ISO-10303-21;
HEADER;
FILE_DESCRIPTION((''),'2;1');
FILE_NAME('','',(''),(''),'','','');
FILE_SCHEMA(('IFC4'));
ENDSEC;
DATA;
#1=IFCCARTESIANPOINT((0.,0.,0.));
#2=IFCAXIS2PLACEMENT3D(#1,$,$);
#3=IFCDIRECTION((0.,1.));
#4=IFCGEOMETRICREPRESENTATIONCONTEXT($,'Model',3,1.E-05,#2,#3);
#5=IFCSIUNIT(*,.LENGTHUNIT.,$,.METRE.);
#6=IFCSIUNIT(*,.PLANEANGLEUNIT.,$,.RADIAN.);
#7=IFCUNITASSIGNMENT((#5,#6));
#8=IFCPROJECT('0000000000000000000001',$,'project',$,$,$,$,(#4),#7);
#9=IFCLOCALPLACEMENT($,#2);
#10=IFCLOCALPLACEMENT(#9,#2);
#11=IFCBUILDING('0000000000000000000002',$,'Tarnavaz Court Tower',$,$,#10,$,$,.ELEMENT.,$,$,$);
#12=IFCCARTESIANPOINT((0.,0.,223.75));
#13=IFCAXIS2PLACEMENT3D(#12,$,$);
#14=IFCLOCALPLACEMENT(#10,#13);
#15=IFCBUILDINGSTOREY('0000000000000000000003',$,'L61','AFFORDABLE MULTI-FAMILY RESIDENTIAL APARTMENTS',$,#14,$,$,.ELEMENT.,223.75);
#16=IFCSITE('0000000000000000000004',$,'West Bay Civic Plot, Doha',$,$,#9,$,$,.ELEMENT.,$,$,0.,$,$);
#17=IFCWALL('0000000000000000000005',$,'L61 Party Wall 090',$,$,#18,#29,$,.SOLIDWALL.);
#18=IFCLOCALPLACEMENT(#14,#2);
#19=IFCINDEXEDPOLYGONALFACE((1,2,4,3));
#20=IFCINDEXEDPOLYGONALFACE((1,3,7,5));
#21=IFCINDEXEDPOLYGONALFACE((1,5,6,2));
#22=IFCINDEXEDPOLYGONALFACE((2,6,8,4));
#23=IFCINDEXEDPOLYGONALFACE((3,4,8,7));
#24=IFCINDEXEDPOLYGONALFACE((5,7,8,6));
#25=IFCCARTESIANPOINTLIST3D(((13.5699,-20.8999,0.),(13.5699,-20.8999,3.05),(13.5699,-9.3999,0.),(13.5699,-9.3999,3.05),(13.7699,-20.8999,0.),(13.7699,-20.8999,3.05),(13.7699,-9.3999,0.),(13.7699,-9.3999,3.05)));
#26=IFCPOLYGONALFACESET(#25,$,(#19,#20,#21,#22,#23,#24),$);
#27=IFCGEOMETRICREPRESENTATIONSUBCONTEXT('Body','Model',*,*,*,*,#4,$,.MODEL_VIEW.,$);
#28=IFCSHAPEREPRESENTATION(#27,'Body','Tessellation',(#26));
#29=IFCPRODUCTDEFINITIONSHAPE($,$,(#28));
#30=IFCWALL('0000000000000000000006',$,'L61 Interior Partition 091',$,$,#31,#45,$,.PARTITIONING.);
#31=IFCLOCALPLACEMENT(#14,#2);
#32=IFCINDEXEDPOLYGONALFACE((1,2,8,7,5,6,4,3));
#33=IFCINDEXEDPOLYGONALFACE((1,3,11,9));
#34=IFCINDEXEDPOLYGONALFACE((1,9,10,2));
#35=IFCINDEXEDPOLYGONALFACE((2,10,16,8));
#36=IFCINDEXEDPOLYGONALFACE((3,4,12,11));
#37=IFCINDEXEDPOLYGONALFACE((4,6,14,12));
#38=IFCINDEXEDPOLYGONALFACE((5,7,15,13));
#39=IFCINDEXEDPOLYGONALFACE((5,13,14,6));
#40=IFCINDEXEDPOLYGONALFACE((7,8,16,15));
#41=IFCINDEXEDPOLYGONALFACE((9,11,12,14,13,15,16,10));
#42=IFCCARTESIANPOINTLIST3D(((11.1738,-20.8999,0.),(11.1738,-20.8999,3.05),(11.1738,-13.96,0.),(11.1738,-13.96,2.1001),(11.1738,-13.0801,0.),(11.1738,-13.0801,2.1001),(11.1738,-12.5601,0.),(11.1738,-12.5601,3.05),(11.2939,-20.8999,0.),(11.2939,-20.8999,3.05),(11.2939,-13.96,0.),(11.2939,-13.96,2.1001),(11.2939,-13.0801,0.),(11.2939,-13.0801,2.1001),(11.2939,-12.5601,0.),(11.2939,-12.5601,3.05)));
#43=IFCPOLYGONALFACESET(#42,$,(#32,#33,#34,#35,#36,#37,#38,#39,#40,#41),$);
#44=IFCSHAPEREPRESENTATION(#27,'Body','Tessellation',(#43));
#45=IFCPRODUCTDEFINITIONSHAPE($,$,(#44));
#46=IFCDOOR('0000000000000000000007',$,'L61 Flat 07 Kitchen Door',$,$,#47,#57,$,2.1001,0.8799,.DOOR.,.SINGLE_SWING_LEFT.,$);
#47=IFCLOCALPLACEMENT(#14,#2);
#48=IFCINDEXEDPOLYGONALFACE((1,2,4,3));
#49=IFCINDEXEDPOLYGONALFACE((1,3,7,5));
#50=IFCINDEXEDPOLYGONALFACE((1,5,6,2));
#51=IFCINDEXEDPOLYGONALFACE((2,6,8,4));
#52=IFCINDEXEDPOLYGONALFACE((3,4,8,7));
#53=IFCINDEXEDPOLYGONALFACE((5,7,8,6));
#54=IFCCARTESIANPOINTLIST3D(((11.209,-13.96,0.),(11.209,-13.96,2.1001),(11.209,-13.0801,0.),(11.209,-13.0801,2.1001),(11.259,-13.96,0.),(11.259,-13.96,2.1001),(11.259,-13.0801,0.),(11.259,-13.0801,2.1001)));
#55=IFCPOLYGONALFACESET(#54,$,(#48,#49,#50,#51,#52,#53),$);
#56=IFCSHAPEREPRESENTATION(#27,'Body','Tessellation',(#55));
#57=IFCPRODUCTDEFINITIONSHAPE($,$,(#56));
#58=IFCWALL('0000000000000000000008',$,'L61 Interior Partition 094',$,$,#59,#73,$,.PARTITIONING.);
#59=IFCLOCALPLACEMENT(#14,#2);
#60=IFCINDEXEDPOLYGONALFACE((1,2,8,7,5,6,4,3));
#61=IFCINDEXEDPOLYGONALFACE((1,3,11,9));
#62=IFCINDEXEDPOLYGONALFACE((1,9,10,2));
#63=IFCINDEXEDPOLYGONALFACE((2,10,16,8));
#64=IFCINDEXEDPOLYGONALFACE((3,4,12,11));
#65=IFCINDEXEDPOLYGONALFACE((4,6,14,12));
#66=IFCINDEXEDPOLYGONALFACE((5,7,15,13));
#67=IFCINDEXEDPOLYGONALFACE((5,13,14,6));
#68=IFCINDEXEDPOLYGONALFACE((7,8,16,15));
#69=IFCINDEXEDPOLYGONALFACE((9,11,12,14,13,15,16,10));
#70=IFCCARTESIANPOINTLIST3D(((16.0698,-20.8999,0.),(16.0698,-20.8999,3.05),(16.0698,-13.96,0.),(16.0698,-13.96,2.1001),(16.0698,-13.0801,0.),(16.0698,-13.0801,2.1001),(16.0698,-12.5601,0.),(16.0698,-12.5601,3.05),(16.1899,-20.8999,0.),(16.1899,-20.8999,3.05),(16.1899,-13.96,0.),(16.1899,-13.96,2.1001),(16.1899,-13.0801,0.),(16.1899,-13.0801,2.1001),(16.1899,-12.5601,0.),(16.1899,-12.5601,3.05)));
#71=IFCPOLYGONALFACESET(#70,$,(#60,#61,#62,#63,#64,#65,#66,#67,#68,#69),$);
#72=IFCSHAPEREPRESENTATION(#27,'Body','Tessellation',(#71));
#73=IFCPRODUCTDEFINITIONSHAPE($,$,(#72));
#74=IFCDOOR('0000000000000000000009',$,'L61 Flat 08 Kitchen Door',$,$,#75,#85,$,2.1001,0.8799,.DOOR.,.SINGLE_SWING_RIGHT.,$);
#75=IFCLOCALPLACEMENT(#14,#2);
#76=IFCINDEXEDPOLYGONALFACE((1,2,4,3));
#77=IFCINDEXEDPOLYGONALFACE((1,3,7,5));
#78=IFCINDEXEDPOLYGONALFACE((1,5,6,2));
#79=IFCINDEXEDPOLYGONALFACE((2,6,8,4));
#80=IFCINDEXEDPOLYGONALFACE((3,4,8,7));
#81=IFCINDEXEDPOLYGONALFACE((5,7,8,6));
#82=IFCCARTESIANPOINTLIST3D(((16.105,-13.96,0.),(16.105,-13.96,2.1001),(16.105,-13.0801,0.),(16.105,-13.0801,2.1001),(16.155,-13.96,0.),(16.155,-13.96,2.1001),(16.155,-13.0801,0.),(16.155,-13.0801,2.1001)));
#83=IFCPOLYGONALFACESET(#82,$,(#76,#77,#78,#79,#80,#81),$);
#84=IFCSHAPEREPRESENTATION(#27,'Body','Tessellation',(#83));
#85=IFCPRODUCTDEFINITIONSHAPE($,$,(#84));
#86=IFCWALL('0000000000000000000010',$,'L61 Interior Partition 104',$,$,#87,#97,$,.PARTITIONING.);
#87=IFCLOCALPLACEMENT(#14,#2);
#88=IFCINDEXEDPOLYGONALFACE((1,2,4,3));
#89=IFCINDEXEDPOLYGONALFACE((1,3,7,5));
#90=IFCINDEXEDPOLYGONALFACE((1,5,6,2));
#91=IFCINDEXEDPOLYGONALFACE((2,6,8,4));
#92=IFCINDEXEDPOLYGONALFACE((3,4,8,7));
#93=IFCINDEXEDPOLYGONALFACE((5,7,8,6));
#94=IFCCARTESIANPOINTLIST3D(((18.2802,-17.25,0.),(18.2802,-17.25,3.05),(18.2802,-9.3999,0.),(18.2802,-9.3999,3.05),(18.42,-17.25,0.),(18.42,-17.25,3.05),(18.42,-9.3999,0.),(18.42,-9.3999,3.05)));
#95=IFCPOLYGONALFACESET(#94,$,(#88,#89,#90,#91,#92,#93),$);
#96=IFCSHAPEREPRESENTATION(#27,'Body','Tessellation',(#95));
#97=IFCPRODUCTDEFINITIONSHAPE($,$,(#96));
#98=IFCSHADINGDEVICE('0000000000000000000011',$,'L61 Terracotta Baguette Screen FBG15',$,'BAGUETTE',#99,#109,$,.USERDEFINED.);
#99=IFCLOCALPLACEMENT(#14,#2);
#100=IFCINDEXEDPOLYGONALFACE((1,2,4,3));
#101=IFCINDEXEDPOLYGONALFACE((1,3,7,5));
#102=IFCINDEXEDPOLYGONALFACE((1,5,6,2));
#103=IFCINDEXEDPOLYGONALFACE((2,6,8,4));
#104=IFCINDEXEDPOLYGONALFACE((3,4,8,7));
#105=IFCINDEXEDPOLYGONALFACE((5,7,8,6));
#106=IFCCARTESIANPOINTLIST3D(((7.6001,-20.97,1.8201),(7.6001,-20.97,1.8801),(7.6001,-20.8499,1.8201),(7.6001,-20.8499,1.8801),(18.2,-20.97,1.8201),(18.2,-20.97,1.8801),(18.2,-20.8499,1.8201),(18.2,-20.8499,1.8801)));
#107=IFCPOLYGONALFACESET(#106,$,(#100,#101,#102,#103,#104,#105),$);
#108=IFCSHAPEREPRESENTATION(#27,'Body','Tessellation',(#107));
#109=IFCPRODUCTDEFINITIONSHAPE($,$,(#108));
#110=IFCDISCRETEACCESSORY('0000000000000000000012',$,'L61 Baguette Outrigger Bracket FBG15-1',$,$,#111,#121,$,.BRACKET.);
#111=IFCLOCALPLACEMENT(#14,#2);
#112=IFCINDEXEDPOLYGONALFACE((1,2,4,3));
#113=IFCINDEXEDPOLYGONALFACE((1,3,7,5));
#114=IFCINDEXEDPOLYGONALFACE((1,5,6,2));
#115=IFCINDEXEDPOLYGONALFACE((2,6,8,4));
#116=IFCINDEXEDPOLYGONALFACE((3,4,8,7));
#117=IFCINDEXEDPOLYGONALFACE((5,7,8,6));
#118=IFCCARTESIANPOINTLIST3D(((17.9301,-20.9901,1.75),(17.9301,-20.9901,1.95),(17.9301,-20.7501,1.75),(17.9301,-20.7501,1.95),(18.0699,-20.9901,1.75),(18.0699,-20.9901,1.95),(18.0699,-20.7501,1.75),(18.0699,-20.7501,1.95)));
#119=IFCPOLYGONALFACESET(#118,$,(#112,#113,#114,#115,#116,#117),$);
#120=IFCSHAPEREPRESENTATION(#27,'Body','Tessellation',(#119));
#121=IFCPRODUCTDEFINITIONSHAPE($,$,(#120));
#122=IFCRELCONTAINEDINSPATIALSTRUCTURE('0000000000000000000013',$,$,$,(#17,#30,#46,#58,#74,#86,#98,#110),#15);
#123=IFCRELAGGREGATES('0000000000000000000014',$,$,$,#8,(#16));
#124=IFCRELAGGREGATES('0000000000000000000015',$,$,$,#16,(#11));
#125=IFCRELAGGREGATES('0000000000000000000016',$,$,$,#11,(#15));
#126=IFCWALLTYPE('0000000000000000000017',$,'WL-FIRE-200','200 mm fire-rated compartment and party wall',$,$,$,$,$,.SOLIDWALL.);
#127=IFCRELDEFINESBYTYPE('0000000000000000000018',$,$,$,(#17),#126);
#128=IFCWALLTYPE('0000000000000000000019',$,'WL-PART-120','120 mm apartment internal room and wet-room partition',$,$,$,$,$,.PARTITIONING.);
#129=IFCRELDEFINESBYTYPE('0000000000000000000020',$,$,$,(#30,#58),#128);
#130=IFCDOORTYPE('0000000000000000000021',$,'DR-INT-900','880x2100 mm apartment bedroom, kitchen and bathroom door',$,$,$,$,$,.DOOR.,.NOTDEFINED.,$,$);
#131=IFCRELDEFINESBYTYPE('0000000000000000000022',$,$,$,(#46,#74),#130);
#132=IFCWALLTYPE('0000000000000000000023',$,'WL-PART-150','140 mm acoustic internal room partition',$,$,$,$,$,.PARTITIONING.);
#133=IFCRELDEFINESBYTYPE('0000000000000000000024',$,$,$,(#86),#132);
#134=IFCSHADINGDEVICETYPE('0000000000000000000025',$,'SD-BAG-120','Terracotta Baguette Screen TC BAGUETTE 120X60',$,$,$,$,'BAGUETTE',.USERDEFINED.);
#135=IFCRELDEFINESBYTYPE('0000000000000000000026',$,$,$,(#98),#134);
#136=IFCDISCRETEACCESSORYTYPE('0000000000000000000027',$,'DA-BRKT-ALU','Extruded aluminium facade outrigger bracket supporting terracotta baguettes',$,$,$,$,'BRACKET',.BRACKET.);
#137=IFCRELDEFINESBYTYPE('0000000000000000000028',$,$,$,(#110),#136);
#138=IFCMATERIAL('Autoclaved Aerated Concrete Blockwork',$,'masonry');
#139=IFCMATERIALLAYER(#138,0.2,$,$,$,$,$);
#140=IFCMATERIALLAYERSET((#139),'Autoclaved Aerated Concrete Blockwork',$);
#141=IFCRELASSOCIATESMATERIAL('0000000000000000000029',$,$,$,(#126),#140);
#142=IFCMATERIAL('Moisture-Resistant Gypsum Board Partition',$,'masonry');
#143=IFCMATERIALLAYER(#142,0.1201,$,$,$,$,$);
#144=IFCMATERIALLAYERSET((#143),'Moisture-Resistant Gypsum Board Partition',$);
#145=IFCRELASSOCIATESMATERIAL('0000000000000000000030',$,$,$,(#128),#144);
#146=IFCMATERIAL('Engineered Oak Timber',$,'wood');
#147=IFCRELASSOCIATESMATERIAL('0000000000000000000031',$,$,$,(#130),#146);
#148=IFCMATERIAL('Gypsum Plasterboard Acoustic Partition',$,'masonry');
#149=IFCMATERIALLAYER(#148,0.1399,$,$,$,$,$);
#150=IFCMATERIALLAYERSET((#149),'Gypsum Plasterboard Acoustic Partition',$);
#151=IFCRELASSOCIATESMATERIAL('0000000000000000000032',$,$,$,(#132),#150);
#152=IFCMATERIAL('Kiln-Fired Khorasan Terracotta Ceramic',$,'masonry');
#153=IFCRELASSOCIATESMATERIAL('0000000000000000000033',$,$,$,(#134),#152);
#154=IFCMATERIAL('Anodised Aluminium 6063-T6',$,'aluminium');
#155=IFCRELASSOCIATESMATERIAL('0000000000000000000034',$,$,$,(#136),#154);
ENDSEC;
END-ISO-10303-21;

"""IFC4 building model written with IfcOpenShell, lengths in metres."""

from ifc_helpers import new_model, si_unit, direction, frame, frame_2d, origin, origin_2d, place, context, subcontext, project, spatial, rectangle, extrude, material, layer, layer_set, material_profile, profile_set, type_object, element, fill, save


model = new_model("IFC4")

# Units and contexts
model_context = context("Model", 3, precision=1e-05, world=origin(), true_north=direction((0.0, 1.0)))
body_context = subcontext(model_context, "Body", "Model", "MODEL_VIEW")
ifc_project = project(units=[si_unit("LENGTHUNIT", "METRE"), si_unit("PLANEANGLEUNIT", "RADIAN")], contexts=[model_context])

# Site, building, storey
site_placement = place(None, origin())
site = spatial("IfcSite", under=ifc_project, at=site_placement, Name="West Bay Civic Plot, Doha", CompositionType="ELEMENT", RefElevation=0.0)
building_placement = place(site_placement, origin())
building = spatial("IfcBuilding", under=site, at=building_placement, Name="Tarnavaz Court Tower", CompositionType="ELEMENT")
storey_placement = place(building_placement, frame((0.0, 0.0, 223.75)))
storey = spatial("IfcBuildingStorey", under=building, at=storey_placement, Name="L61", Description="AFFORDABLE MULTI-FAMILY RESIDENTIAL APARTMENTS", CompositionType="ELEMENT", Elevation=223.75)

# Wall
ifc_material_1 = material(Name="Autoclaved Aerated Concrete Blockwork", Category="masonry")
ifc_layer_1 = layer(ifc_material_1, 0.2)
ifc_layer_set_1 = layer_set([ifc_layer_1], Name="Autoclaved Aerated Concrete Blockwork")
wall_type_1 = type_object("IfcWallType", Name="WL-FIRE-200", Description="200 mm fire-rated compartment and party wall", PredefinedType="SOLIDWALL", material=ifc_layer_set_1)
wall_1_placement = place(storey_placement, frame((13.6699, -20.8999, 0.0), z_axis=(0.0, 0.0, 1.0), x_axis=(0.0, 1.0, 0.0)))
element("IfcWall", 1, at=wall_1_placement, inside=storey, type_object=wall_type_1, Name="L61 Party Wall 090", PredefinedType="SOLIDWALL", context=body_context, shape_type="SweptSolid", body=[
    extrude(rectangle(XDim=11.5, YDim=0.2, at=frame_2d((5.75, 0.0))), origin(), (0.0, 0.0, 1.0), 3.05),
])

# Walls, openings, doors
ifc_material_2 = material(Name="Moisture-Resistant Gypsum Board Partition", Category="masonry")
ifc_layer_2 = layer(ifc_material_2, 0.1201)
ifc_layer_set_2 = layer_set([ifc_layer_2], Name="Moisture-Resistant Gypsum Board Partition")
wall_type_2 = type_object("IfcWallType", Name="WL-PART-120", Description="120 mm apartment internal room and wet-room partition", PredefinedType="PARTITIONING", material=ifc_layer_set_2)
wall_2_placement = place(storey_placement, frame((11.2339, -20.8999, 0.0), z_axis=(0.0, 0.0, 1.0), x_axis=(0.0, 1.0, 0.0)))
wall_2 = element("IfcWall", 2, at=wall_2_placement, inside=storey, type_object=wall_type_2, Name="L61 Interior Partition 091", PredefinedType="PARTITIONING", context=body_context, shape_type="SweptSolid", body=[
    extrude(rectangle(XDim=8.3398, YDim=0.1201, at=frame_2d((4.1699, 0.0))), origin(), (0.0, 0.0, 1.0), 3.05),
])
opening_1_placement = place(wall_2_placement, frame((6.9399, 0.0, 0.0)))
opening_1 = element("IfcOpeningElement", 3, at=opening_1_placement, cuts=wall_2, PredefinedType="OPENING", context=body_context, shape_type="SweptSolid", body=[
    extrude(rectangle(XDim=0.8799, YDim=2.1001, at=frame_2d((0.4399, 1.05))), frame((0.0, 0.0701, 0.0), z_axis=(0.0, -1.0, 0.0), x_axis=(1.0, 0.0, 0.0)), (0.0, 0.0, 1.0), 0.1401),
])
ifc_material_3 = material(Name="Engineered Oak Timber", Category="wood")
door_type = type_object("IfcDoorType", Name="DR-INT-900", Description="880x2100 mm apartment bedroom, kitchen and bathroom door", OperationType="NOTDEFINED", PredefinedType="DOOR", material=ifc_material_3)
door_1_placement = place(opening_1_placement, origin())
door_1 = element("IfcDoor", 4, at=door_1_placement, inside=storey, type_object=door_type, Name="L61 Flat 07 Kitchen Door", OperationType="SINGLE_SWING_LEFT", OverallHeight=2.1001, OverallWidth=0.8799, PredefinedType="DOOR", context=body_context, shape_type="SweptSolid", body=[
    extrude(rectangle(XDim=0.8799, YDim=2.1001, at=frame_2d((0.4399, 1.05))), frame((0.0, 0.0249, 0.0), z_axis=(0.0, -1.0, 0.0), x_axis=(1.0, 0.0, 0.0)), (0.0, 0.0, 1.0), 0.05),
])
fill(opening_1, door_1)
wall_3_placement = place(storey_placement, frame((16.1299, -20.8999, 0.0), z_axis=(0.0, 0.0, 1.0), x_axis=(0.0, 1.0, 0.0)))
wall_3 = element("IfcWall", 5, at=wall_3_placement, inside=storey, type_object=wall_type_2, Name="L61 Interior Partition 094", PredefinedType="PARTITIONING", context=body_context, shape_type="SweptSolid", body=[
    extrude(rectangle(XDim=8.3398, YDim=0.1201, at=frame_2d((4.1699, 0.0))), origin(), (0.0, 0.0, 1.0), 3.05),
])
opening_2_placement = place(wall_3_placement, frame((6.9399, 0.0, 0.0)))
opening_2 = element("IfcOpeningElement", 6, at=opening_2_placement, cuts=wall_3, PredefinedType="OPENING", context=body_context, shape_type="SweptSolid", body=[
    extrude(rectangle(XDim=0.8799, YDim=2.1001, at=frame_2d((0.4399, 1.05))), frame((0.0, 0.0701, 0.0), z_axis=(0.0, -1.0, 0.0), x_axis=(1.0, 0.0, 0.0)), (0.0, 0.0, 1.0), 0.1401),
])
door_2_placement = place(opening_2_placement, origin())
door_2 = element("IfcDoor", 7, at=door_2_placement, inside=storey, type_object=door_type, Name="L61 Flat 08 Kitchen Door", OperationType="SINGLE_SWING_RIGHT", OverallHeight=2.1001, OverallWidth=0.8799, PredefinedType="DOOR", context=body_context, shape_type="SweptSolid", body=[
    extrude(rectangle(XDim=0.8799, YDim=2.1001, at=frame_2d((0.4399, 1.05))), frame((0.0, 0.0249, 0.0), z_axis=(0.0, -1.0, 0.0), x_axis=(1.0, 0.0, 0.0)), (0.0, 0.0, 1.0), 0.05),
])
fill(opening_2, door_2)

# Wall
ifc_material_4 = material(Name="Gypsum Plasterboard Acoustic Partition", Category="masonry")
ifc_layer_3 = layer(ifc_material_4, 0.1399)
ifc_layer_set_3 = layer_set([ifc_layer_3], Name="Gypsum Plasterboard Acoustic Partition")
wall_type_3 = type_object("IfcWallType", Name="WL-PART-150", Description="140 mm acoustic internal room partition", PredefinedType="PARTITIONING", material=ifc_layer_set_3)
wall_4_placement = place(storey_placement, frame((18.3501, -17.25, 0.0), z_axis=(0.0, 0.0, 1.0), x_axis=(0.0, 1.0, 0.0)))
element("IfcWall", 8, at=wall_4_placement, inside=storey, type_object=wall_type_3, Name="L61 Interior Partition 104", PredefinedType="PARTITIONING", context=body_context, shape_type="SweptSolid", body=[
    extrude(rectangle(XDim=7.8501, YDim=0.1399, at=frame_2d((3.925, 0.0))), origin(), (0.0, 0.0, 1.0), 3.05),
])

# Shading device
ifc_material_5 = material(Name="Kiln-Fired Khorasan Terracotta Ceramic", Category="masonry")
ifc_material_profile_1 = material_profile(ifc_material_5, rectangle(XDim=0.1201, YDim=0.0601, at=origin_2d()), Name="TC BAGUETTE 120X60")
ifc_profile_set_1 = profile_set([ifc_material_profile_1], Name="Kiln-Fired Khorasan Terracotta Ceramic")
shading_device_type = type_object("IfcShadingDeviceType", Name="SD-BAG-120", Description="Terracotta Baguette Screen TC BAGUETTE 120X60", ElementType="BAGUETTE", PredefinedType="USERDEFINED", material=ifc_profile_set_1)
shading_device_placement = place(storey_placement, frame((18.2, -20.9099, 1.8501), z_axis=(-1.0, 0.0, 0.0), x_axis=(0.0, -1.0, 0.0)))
element("IfcShadingDevice", 9, at=shading_device_placement, inside=storey, type_object=shading_device_type, Name="L61 Terracotta Baguette Screen FBG15", ObjectType="BAGUETTE", PredefinedType="USERDEFINED", context=body_context, shape_type="SweptSolid", body=[
    extrude(rectangle(XDim=0.1201, YDim=0.0601, at=origin_2d()), origin(), (0.0, 0.0, 1.0), 10.5999),
])

# Discrete accessory
ifc_material_6 = material(Name="Anodised Aluminium 6063-T6", Category="aluminium")
discrete_accessory_type = type_object("IfcDiscreteAccessoryType", Name="DA-BRKT-ALU", Description="Extruded aluminium facade outrigger bracket supporting terracotta baguettes", ElementType="BRACKET", PredefinedType="BRACKET", material=ifc_material_6)
discrete_accessory_placement = place(storey_placement, frame((18.0, -20.8701, 1.75), z_axis=(0.0, 0.0, 1.0), x_axis=(-1.0, 0.0, 0.0)))
element("IfcDiscreteAccessory", 10, at=discrete_accessory_placement, inside=storey, type_object=discrete_accessory_type, Name="L61 Baguette Outrigger Bracket FBG15-1", PredefinedType="BRACKET", context=body_context, shape_type="SweptSolid", body=[
    extrude(rectangle(XDim=0.1399, YDim=0.24, at=origin_2d()), origin(), (0.0, 0.0, 1.0), 0.2),
])

save(model, "model.ifc")
